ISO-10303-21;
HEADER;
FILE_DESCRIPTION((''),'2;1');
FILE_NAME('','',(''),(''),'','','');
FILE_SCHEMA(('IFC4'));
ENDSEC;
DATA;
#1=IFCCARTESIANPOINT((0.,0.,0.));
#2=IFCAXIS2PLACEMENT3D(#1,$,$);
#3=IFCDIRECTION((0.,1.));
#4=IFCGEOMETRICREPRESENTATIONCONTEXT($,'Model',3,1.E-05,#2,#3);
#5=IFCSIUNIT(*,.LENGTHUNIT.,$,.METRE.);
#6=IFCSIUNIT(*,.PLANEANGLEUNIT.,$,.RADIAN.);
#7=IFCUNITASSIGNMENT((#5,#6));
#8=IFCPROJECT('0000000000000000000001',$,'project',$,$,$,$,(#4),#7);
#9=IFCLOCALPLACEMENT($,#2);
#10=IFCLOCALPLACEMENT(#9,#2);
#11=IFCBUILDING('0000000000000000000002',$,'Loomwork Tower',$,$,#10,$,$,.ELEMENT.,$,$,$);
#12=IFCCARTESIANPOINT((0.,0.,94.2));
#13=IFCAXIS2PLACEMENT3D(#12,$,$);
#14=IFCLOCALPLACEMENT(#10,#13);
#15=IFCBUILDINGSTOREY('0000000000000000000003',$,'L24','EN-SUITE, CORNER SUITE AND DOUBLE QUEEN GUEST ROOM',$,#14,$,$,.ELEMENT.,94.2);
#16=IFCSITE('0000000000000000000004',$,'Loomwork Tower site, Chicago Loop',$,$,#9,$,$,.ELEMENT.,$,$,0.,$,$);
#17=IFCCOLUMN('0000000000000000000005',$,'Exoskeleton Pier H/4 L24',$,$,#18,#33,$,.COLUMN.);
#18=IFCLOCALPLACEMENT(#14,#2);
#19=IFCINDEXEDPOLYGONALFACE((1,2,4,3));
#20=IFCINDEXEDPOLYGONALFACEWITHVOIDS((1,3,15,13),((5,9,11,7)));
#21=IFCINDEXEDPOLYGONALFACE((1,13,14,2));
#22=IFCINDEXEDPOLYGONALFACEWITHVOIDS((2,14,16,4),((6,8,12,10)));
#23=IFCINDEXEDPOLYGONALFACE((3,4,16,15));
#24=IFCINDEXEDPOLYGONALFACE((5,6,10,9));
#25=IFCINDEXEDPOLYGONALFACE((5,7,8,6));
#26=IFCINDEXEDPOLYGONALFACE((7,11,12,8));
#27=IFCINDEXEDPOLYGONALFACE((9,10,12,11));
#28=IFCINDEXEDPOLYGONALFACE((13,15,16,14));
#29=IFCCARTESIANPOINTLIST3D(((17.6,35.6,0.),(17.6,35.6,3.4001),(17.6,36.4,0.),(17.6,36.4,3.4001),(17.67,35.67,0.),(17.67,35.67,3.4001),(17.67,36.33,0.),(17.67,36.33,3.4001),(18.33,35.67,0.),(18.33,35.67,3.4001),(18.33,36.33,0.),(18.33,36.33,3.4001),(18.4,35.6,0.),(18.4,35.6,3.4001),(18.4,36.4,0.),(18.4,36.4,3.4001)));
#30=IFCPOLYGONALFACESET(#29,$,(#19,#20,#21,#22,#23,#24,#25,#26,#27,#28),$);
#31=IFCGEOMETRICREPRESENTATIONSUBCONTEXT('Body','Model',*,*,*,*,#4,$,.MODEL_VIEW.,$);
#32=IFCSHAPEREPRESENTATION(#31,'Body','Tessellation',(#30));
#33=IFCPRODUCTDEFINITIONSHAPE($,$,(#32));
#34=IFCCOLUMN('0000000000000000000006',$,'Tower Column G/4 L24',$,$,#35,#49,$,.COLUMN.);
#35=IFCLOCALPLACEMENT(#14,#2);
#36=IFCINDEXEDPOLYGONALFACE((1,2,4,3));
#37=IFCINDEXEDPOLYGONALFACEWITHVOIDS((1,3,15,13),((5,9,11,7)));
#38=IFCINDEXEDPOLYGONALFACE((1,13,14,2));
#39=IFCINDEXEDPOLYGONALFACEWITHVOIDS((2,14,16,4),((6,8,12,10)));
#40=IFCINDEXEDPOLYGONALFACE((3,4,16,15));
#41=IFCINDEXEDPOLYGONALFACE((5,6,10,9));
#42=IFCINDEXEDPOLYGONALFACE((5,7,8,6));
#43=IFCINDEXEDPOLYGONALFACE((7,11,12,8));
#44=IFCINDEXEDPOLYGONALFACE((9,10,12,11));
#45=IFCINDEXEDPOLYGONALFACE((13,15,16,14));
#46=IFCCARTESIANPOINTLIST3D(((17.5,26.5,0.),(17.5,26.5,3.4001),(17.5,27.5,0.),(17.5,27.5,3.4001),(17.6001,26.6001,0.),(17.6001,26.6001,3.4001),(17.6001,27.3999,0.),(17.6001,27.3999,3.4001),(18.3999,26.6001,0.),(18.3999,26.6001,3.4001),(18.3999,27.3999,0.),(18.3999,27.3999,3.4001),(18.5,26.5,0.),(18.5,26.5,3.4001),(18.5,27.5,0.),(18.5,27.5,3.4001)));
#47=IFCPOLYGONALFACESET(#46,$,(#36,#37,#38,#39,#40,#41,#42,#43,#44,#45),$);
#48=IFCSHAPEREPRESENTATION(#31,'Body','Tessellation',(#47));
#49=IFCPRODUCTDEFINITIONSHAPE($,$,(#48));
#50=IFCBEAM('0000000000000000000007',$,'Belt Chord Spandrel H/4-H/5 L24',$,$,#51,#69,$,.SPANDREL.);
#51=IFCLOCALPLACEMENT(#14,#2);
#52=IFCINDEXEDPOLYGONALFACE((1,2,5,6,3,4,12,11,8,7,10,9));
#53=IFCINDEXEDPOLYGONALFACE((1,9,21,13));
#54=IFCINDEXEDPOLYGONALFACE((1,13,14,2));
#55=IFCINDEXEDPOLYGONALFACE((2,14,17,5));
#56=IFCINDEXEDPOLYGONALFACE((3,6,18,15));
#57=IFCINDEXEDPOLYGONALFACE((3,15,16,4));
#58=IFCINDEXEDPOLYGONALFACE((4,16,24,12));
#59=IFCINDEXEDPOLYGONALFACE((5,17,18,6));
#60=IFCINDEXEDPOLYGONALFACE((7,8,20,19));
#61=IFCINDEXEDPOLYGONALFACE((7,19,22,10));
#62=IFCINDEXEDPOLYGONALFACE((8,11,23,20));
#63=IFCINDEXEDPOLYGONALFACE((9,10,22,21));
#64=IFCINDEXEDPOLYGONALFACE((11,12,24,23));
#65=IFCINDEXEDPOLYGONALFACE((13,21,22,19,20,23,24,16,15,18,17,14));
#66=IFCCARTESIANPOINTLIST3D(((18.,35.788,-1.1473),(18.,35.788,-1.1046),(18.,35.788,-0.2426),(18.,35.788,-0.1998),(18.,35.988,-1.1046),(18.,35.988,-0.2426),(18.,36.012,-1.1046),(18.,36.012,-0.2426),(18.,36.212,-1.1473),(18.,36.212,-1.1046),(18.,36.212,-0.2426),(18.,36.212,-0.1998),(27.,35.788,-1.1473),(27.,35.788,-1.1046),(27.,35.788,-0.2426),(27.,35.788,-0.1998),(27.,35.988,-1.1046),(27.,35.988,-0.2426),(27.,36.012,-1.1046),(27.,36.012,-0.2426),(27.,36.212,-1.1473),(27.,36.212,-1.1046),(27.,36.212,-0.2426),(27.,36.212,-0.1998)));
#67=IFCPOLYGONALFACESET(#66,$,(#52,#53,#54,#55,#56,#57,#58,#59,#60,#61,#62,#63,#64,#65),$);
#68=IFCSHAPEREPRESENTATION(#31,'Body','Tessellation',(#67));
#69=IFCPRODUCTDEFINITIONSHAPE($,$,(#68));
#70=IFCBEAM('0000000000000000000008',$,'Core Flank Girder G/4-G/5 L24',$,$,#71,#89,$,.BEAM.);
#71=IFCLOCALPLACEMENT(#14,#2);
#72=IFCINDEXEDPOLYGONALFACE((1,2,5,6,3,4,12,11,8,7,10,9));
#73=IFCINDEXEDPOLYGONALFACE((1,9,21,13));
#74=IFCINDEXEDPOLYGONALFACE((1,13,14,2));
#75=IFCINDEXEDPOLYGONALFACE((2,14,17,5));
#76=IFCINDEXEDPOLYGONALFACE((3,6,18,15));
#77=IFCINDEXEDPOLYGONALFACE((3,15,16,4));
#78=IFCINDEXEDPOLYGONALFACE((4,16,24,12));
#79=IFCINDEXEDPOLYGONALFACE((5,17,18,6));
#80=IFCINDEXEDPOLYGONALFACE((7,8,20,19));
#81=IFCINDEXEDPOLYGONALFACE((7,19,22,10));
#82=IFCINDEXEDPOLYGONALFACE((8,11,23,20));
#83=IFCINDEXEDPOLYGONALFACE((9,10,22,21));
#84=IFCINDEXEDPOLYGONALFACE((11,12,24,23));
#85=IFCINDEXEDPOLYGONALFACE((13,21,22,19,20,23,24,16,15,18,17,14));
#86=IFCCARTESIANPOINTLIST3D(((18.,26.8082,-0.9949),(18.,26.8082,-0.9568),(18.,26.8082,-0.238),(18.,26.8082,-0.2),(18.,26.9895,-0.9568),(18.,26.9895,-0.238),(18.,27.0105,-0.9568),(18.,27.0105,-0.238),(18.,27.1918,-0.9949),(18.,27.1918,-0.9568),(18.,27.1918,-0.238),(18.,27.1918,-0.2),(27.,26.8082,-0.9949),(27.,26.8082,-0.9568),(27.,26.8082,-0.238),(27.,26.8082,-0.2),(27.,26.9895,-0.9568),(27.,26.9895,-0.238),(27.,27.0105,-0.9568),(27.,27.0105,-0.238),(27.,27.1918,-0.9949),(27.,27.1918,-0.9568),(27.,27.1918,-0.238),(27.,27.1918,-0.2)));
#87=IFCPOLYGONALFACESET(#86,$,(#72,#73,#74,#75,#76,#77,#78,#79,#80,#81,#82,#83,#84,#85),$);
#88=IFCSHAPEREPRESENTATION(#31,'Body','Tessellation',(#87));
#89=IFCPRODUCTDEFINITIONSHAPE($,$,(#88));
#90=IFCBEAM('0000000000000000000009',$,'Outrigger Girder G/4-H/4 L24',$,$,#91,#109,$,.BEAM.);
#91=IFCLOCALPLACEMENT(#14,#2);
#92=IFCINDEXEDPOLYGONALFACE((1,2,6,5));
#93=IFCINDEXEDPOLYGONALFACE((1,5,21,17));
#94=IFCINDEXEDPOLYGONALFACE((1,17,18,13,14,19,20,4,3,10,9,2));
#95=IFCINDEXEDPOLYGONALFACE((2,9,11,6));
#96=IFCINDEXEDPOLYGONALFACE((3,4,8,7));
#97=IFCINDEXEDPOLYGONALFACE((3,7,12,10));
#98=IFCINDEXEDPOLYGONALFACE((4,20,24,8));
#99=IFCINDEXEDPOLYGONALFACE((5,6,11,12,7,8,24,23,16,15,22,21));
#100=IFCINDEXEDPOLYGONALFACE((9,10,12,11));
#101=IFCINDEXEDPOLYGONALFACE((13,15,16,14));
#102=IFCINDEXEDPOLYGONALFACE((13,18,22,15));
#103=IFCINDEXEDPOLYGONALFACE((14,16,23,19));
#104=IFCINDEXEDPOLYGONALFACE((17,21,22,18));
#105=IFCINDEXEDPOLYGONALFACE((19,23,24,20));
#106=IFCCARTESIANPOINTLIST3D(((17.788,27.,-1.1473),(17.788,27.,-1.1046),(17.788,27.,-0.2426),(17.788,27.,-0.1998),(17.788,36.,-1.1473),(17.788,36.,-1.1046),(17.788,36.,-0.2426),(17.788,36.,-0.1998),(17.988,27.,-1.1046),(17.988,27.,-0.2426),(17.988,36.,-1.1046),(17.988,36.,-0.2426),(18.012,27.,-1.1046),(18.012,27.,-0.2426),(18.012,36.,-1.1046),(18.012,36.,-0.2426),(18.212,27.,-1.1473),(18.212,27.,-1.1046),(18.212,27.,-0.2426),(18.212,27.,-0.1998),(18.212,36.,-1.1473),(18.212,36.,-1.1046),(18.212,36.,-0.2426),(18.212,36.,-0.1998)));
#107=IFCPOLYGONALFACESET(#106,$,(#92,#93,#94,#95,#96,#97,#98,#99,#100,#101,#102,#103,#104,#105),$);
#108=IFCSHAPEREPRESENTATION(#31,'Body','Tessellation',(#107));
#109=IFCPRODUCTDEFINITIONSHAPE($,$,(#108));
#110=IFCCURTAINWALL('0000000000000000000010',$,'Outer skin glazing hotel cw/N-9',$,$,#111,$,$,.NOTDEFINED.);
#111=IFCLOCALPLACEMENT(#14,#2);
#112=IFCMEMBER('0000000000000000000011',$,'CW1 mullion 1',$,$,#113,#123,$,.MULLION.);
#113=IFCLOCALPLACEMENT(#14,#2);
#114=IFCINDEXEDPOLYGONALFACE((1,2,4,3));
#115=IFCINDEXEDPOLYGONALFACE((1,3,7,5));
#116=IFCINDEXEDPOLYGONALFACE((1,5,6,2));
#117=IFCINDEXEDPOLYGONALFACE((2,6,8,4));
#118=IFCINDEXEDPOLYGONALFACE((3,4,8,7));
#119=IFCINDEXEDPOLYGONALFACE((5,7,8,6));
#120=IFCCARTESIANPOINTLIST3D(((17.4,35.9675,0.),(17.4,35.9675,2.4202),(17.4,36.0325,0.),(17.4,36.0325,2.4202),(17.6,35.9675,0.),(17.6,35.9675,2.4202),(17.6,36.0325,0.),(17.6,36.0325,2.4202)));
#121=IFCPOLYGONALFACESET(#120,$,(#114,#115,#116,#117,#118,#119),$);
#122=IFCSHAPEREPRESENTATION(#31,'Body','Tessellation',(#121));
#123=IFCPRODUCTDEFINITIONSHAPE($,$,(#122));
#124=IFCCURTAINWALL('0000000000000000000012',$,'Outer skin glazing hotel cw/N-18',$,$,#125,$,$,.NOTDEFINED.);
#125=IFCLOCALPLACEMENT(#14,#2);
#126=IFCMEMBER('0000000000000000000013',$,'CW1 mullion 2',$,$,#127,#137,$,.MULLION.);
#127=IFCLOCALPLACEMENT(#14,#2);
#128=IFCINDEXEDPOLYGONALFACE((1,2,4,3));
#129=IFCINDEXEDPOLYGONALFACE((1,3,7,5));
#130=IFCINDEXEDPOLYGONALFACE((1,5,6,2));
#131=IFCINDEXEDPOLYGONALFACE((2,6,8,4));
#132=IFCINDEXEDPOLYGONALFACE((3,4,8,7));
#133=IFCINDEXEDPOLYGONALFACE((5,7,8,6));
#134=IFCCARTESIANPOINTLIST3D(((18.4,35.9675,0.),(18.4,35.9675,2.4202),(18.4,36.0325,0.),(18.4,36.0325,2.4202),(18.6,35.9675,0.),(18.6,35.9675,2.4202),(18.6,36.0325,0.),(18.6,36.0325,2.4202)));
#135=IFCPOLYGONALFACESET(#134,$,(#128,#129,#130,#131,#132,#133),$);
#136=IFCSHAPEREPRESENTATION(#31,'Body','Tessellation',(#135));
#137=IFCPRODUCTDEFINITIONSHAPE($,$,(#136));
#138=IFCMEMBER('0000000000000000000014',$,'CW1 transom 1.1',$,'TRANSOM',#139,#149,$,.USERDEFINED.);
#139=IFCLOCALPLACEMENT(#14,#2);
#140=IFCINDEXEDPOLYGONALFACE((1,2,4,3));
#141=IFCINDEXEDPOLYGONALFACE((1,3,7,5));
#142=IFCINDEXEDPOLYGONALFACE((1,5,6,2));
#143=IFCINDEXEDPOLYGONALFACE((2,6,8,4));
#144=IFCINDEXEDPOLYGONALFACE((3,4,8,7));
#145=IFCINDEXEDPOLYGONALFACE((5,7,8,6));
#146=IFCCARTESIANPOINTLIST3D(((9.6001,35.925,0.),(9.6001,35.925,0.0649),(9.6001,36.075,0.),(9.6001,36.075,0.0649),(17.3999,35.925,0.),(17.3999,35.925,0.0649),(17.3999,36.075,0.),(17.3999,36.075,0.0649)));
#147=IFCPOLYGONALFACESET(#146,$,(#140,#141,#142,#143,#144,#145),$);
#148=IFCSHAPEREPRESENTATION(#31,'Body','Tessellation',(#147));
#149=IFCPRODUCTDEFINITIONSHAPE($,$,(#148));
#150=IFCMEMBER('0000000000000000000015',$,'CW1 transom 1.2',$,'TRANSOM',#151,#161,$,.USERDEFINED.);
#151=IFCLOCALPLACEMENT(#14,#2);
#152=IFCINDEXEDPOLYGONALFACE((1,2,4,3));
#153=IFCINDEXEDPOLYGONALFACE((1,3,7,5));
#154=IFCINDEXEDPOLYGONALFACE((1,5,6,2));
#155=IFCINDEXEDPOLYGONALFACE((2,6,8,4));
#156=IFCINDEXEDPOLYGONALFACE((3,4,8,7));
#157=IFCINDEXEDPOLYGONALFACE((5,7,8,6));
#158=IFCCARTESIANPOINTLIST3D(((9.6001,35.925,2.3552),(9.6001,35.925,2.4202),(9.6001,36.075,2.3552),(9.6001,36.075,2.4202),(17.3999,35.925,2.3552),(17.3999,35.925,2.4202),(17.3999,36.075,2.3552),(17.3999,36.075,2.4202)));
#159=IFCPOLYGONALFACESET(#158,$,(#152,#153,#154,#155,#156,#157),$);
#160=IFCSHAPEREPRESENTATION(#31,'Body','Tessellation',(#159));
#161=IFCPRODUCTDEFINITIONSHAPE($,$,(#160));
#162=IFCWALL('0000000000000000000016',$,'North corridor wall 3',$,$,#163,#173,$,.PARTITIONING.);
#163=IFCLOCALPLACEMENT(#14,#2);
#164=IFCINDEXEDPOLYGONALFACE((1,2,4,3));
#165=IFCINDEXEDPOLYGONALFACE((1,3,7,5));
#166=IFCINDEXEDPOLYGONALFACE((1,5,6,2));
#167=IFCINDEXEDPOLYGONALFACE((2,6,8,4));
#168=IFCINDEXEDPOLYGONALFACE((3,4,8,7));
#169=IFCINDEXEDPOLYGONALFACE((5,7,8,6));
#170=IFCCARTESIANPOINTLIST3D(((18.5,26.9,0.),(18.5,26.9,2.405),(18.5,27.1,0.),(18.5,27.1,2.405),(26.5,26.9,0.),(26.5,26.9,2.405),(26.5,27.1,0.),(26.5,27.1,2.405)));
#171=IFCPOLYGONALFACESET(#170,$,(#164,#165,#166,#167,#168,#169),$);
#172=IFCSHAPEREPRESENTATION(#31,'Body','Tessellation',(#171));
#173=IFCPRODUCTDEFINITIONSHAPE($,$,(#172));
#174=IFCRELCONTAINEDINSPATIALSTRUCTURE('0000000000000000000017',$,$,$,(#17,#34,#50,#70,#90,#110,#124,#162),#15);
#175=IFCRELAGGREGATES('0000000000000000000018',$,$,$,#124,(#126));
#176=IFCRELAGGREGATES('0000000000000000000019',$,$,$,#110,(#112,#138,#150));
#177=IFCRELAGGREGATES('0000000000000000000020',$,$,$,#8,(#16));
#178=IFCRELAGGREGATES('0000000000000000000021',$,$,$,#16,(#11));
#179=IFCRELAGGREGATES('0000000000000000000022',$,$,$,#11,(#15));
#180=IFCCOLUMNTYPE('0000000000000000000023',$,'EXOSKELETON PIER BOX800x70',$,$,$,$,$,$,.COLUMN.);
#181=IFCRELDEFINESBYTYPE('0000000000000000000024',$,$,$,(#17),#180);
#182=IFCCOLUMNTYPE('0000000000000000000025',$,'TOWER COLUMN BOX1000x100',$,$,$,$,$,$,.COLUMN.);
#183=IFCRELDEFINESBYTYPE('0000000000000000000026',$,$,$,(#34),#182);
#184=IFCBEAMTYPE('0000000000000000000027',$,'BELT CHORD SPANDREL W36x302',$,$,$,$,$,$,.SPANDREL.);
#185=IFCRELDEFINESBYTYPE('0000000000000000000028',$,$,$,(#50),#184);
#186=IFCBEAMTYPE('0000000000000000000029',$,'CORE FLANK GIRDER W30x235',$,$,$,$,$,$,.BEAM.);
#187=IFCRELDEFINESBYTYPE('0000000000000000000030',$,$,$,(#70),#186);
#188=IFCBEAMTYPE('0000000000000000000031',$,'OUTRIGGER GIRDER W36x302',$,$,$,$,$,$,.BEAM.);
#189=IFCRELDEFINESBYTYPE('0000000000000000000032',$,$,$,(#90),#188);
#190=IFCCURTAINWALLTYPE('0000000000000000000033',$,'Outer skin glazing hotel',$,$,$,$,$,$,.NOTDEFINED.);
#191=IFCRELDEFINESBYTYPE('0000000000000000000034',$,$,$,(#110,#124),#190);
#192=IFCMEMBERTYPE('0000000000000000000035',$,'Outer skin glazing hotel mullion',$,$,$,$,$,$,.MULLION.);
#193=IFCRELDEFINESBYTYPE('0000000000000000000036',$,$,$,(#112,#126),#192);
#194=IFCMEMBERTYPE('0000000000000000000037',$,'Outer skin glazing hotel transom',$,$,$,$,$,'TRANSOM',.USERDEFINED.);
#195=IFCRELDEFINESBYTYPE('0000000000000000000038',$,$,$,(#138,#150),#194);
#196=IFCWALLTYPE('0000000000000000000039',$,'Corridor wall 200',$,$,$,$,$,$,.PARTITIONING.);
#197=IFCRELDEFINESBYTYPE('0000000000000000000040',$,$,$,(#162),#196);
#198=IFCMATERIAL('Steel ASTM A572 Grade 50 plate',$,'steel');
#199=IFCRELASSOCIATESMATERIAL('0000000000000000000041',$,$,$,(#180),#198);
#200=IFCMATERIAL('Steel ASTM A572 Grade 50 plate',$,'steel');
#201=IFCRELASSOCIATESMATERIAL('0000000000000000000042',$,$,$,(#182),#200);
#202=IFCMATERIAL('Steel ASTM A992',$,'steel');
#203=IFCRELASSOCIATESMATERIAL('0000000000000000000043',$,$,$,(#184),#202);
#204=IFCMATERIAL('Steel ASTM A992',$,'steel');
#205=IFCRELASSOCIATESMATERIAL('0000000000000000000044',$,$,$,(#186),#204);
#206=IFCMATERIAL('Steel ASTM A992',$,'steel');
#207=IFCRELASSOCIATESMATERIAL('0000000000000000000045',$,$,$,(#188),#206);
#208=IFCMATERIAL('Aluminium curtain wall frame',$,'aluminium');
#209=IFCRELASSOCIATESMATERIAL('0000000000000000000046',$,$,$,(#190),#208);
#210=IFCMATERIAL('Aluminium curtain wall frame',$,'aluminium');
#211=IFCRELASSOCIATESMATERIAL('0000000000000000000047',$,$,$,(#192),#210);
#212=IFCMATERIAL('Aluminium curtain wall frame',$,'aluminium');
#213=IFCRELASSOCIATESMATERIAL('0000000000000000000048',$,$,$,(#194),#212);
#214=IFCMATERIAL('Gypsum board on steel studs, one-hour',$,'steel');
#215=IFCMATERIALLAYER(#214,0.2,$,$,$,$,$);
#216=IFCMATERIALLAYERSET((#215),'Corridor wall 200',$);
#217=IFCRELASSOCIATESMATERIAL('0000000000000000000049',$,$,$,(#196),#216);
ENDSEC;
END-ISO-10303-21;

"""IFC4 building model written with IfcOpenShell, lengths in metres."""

from ifc_helpers import new_model, si_unit, direction, frame, frame_2d, origin, origin_2d, place, context, subcontext, project, spatial, rectangle, hollow_rectangle, i_section, extrude, material, layer, layer_set, material_profile, profile_set, type_object, element, aggregate, save


model = new_model("IFC4")

# Units and contexts
model_context = context("Model", 3, precision=1e-05, world=origin(), true_north=direction((0.0, 1.0)))
body_context = subcontext(model_context, "Body", "Model", "MODEL_VIEW")
ifc_project = project(units=[si_unit("LENGTHUNIT", "METRE"), si_unit("PLANEANGLEUNIT", "RADIAN")], contexts=[model_context])

# Site, building, storey
site_placement = place(None, origin())
site = spatial("IfcSite", under=ifc_project, at=site_placement, Name="Loomwork Tower site, Chicago Loop", CompositionType="ELEMENT", RefElevation=0.0)
building_placement = place(site_placement, origin())
building = spatial("IfcBuilding", under=site, at=building_placement, Name="Loomwork Tower", CompositionType="ELEMENT")
storey_placement = place(building_placement, frame((0.0, 0.0, 94.2)))
storey = spatial("IfcBuildingStorey", under=building, at=storey_placement, Name="L24", Description="EN-SUITE, CORNER SUITE AND DOUBLE QUEEN GUEST ROOM", CompositionType="ELEMENT", Elevation=94.2)

# Columns
ifc_material_1 = material(Name="Steel ASTM A572 Grade 50 plate", Category="steel")
ifc_material_profile_1 = material_profile(ifc_material_1, hollow_rectangle(XDim=0.8, YDim=0.8, WallThickness=0.0701, at=origin_2d()), Name="BOX800x70")
ifc_profile_set_1 = profile_set([ifc_material_profile_1], Name="Steel ASTM A572 Grade 50 plate")
column_type_1 = type_object("IfcColumnType", Name="EXOSKELETON PIER BOX800x70", PredefinedType="COLUMN", material=ifc_profile_set_1)
column_1_placement = place(storey_placement, frame((18.0, 36.0, 0.0), z_axis=(0.0, 0.0, 1.0), x_axis=(1.0, 0.0, 0.0)))
element("IfcColumn", 1, at=column_1_placement, inside=storey, type_object=column_type_1, Name="Exoskeleton Pier H/4 L24", PredefinedType="COLUMN", context=body_context, shape_type="SweptSolid", body=[
    extrude(hollow_rectangle(XDim=0.8, YDim=0.8, WallThickness=0.0701, at=origin_2d()), origin(), (0.0, 0.0, 1.0), 3.4001),
])
ifc_material_2 = material(Name="Steel ASTM A572 Grade 50 plate", Category="steel")
ifc_material_profile_2 = material_profile(ifc_material_2, hollow_rectangle(XDim=1.0, YDim=1.0, WallThickness=0.1001, at=origin_2d()), Name="BOX1000x100")
ifc_profile_set_2 = profile_set([ifc_material_profile_2], Name="Steel ASTM A572 Grade 50 plate")
column_type_2 = type_object("IfcColumnType", Name="TOWER COLUMN BOX1000x100", PredefinedType="COLUMN", material=ifc_profile_set_2)
column_2_placement = place(storey_placement, frame((18.0, 27.0, 0.0), z_axis=(0.0, 0.0, 1.0), x_axis=(1.0, 0.0, 0.0)))
element("IfcColumn", 2, at=column_2_placement, inside=storey, type_object=column_type_2, Name="Tower Column G/4 L24", PredefinedType="COLUMN", context=body_context, shape_type="SweptSolid", body=[
    extrude(hollow_rectangle(XDim=1.0, YDim=1.0, WallThickness=0.1001, at=origin_2d()), origin(), (0.0, 0.0, 1.0), 3.4001),
])

# Beams
ifc_material_3 = material(Name="Steel ASTM A992", Category="steel")
ifc_material_profile_3 = material_profile(ifc_material_3, i_section(OverallWidth=0.4241, OverallDepth=0.9475, WebThickness=0.0239, FlangeThickness=0.0427, at=origin_2d()), Name="W36x302")
ifc_profile_set_3 = profile_set([ifc_material_profile_3], Name="Steel ASTM A992")
beam_type_1 = type_object("IfcBeamType", Name="BELT CHORD SPANDREL W36x302", PredefinedType="SPANDREL", material=ifc_profile_set_3)
beam_1_placement = place(storey_placement, frame((18.0, 36.0, -0.6736), z_axis=(1.0, 0.0, 0.0), x_axis=(0.0, 1.0, 0.0)))
element("IfcBeam", 3, at=beam_1_placement, inside=storey, type_object=beam_type_1, Name="Belt Chord Spandrel H/4-H/5 L24", PredefinedType="SPANDREL", context=body_context, shape_type="SweptSolid", body=[
    extrude(i_section(OverallWidth=0.4241, OverallDepth=0.9475, WebThickness=0.0239, FlangeThickness=0.0427, at=origin_2d()), origin(), (0.0, 0.0, 1.0), 9.0),
])
ifc_material_4 = material(Name="Steel ASTM A992", Category="steel")
ifc_material_profile_4 = material_profile(ifc_material_4, i_section(OverallWidth=0.3835, OverallDepth=0.7949, WebThickness=0.021, FlangeThickness=0.0381, at=origin_2d()), Name="W30x235")
ifc_profile_set_4 = profile_set([ifc_material_profile_4], Name="Steel ASTM A992")
beam_type_2 = type_object("IfcBeamType", Name="CORE FLANK GIRDER W30x235", PredefinedType="BEAM", material=ifc_profile_set_4)
beam_2_placement = place(storey_placement, frame((18.0, 27.0, -0.5974), z_axis=(1.0, 0.0, 0.0), x_axis=(0.0, 1.0, 0.0)))
element("IfcBeam", 4, at=beam_2_placement, inside=storey, type_object=beam_type_2, Name="Core Flank Girder G/4-G/5 L24", PredefinedType="BEAM", context=body_context, shape_type="SweptSolid", body=[
    extrude(i_section(OverallWidth=0.3835, OverallDepth=0.7949, WebThickness=0.021, FlangeThickness=0.0381, at=origin_2d()), origin(), (0.0, 0.0, 1.0), 9.0),
])
ifc_material_5 = material(Name="Steel ASTM A992", Category="steel")
ifc_material_profile_5 = material_profile(ifc_material_5, i_section(OverallWidth=0.4241, OverallDepth=0.9475, WebThickness=0.0239, FlangeThickness=0.0427, at=origin_2d()), Name="W36x302")
ifc_profile_set_5 = profile_set([ifc_material_profile_5], Name="Steel ASTM A992")
beam_type_3 = type_object("IfcBeamType", Name="OUTRIGGER GIRDER W36x302", PredefinedType="BEAM", material=ifc_profile_set_5)
beam_3_placement = place(storey_placement, frame((18.0, 27.0, -0.6736), z_axis=(0.0, 1.0, 0.0), x_axis=(-1.0, 0.0, 0.0)))
element("IfcBeam", 5, at=beam_3_placement, inside=storey, type_object=beam_type_3, Name="Outrigger Girder G/4-H/4 L24", PredefinedType="BEAM", context=body_context, shape_type="SweptSolid", body=[
    extrude(i_section(OverallWidth=0.4241, OverallDepth=0.9475, WebThickness=0.0239, FlangeThickness=0.0427, at=origin_2d()), origin(), (0.0, 0.0, 1.0), 9.0),
])

# Curtain walls, members
ifc_material_6 = material(Name="Aluminium curtain wall frame", Category="aluminium")
curtain_wall_type = type_object("IfcCurtainWallType", Name="Outer skin glazing hotel", PredefinedType="NOTDEFINED", material=ifc_material_6)
curtain_wall_1_placement = place(storey_placement, origin())
curtain_wall_1 = element("IfcCurtainWall", 6, at=curtain_wall_1_placement, inside=storey, type_object=curtain_wall_type, Name="Outer skin glazing hotel cw/N-9", PredefinedType="NOTDEFINED")
ifc_material_7 = material(Name="Aluminium curtain wall frame", Category="aluminium")
ifc_material_profile_6 = material_profile(ifc_material_7, rectangle(XDim=0.0649, YDim=0.2, at=origin_2d()), Name="AL 65x200")
ifc_profile_set_6 = profile_set([ifc_material_profile_6], Name="Aluminium curtain wall frame")
member_type_1 = type_object("IfcMemberType", Name="Outer skin glazing hotel mullion", PredefinedType="MULLION", material=ifc_profile_set_6)
member_1_placement = place(storey_placement, frame((17.5, 36.0, 0.0), z_axis=(0.0, 0.0, 1.0), x_axis=(0.0, -1.0, 0.0)))
member_1 = element("IfcMember", 7, at=member_1_placement, type_object=member_type_1, Name="CW1 mullion 1", PredefinedType="MULLION", context=body_context, shape_type="SweptSolid", body=[
    extrude(rectangle(XDim=0.0649, YDim=0.2, at=origin_2d()), origin(), (0.0, 0.0, 1.0), 2.4202),
])
curtain_wall_2_placement = place(storey_placement, origin())
curtain_wall_2 = element("IfcCurtainWall", 8, at=curtain_wall_2_placement, inside=storey, type_object=curtain_wall_type, Name="Outer skin glazing hotel cw/N-18", PredefinedType="NOTDEFINED")
member_2_placement = place(storey_placement, frame((18.5, 36.0, 0.0), z_axis=(0.0, 0.0, 1.0), x_axis=(0.0, -1.0, 0.0)))
member_2 = element("IfcMember", 9, at=member_2_placement, type_object=member_type_1, Name="CW1 mullion 2", PredefinedType="MULLION", context=body_context, shape_type="SweptSolid", body=[
    extrude(rectangle(XDim=0.0649, YDim=0.2, at=origin_2d()), origin(), (0.0, 0.0, 1.0), 2.4202),
])
aggregate(curtain_wall_2, [member_2])

# Members
ifc_material_8 = material(Name="Aluminium curtain wall frame", Category="aluminium")
ifc_material_profile_7 = material_profile(ifc_material_8, rectangle(XDim=0.1499, YDim=0.0649, at=origin_2d()), Name="AL 65x150")
ifc_profile_set_7 = profile_set([ifc_material_profile_7], Name="Aluminium curtain wall frame")
member_type_2 = type_object("IfcMemberType", Name="Outer skin glazing hotel transom", ElementType="TRANSOM", PredefinedType="USERDEFINED", material=ifc_profile_set_7)
member_3_placement = place(storey_placement, frame((17.3999, 36.0, 0.0325), z_axis=(-1.0, 0.0, 0.0), x_axis=(0.0, -1.0, 0.0)))
member_3 = element("IfcMember", 10, at=member_3_placement, type_object=member_type_2, Name="CW1 transom 1.1", ObjectType="TRANSOM", PredefinedType="USERDEFINED", context=body_context, shape_type="SweptSolid", body=[
    extrude(rectangle(XDim=0.1499, YDim=0.0649, at=origin_2d()), origin(), (0.0, 0.0, 1.0), 7.7998),
])
member_4_placement = place(storey_placement, frame((17.3999, 36.0, 2.3877), z_axis=(-1.0, 0.0, 0.0), x_axis=(0.0, -1.0, 0.0)))
member_4 = element("IfcMember", 11, at=member_4_placement, type_object=member_type_2, Name="CW1 transom 1.2", ObjectType="TRANSOM", PredefinedType="USERDEFINED", context=body_context, shape_type="SweptSolid", body=[
    extrude(rectangle(XDim=0.1499, YDim=0.0649, at=origin_2d()), origin(), (0.0, 0.0, 1.0), 7.7998),
])
aggregate(curtain_wall_1, [member_1, member_3, member_4])

# Wall
ifc_material_9 = material(Name="Gypsum board on steel studs, one-hour", Category="steel")
ifc_layer_1 = layer(ifc_material_9, 0.2)
ifc_layer_set_1 = layer_set([ifc_layer_1], Name="Corridor wall 200")
wall_type_1 = type_object("IfcWallType", Name="Corridor wall 200", PredefinedType="PARTITIONING", material=ifc_layer_set_1)
wall_1_placement = place(storey_placement, frame((18.5, 27.0, 0.0), z_axis=(0.0, 0.0, 1.0), x_axis=(1.0, 0.0, 0.0)))
element("IfcWall", 12, at=wall_1_placement, inside=storey, type_object=wall_type_1, Name="North corridor wall 3", PredefinedType="PARTITIONING", context=body_context, shape_type="SweptSolid", body=[
    extrude(rectangle(XDim=8.0, YDim=0.2, at=frame_2d((4.0, 0.0))), origin(), (0.0, 0.0, 1.0), 2.405),
])

save(model, "model.ifc")
